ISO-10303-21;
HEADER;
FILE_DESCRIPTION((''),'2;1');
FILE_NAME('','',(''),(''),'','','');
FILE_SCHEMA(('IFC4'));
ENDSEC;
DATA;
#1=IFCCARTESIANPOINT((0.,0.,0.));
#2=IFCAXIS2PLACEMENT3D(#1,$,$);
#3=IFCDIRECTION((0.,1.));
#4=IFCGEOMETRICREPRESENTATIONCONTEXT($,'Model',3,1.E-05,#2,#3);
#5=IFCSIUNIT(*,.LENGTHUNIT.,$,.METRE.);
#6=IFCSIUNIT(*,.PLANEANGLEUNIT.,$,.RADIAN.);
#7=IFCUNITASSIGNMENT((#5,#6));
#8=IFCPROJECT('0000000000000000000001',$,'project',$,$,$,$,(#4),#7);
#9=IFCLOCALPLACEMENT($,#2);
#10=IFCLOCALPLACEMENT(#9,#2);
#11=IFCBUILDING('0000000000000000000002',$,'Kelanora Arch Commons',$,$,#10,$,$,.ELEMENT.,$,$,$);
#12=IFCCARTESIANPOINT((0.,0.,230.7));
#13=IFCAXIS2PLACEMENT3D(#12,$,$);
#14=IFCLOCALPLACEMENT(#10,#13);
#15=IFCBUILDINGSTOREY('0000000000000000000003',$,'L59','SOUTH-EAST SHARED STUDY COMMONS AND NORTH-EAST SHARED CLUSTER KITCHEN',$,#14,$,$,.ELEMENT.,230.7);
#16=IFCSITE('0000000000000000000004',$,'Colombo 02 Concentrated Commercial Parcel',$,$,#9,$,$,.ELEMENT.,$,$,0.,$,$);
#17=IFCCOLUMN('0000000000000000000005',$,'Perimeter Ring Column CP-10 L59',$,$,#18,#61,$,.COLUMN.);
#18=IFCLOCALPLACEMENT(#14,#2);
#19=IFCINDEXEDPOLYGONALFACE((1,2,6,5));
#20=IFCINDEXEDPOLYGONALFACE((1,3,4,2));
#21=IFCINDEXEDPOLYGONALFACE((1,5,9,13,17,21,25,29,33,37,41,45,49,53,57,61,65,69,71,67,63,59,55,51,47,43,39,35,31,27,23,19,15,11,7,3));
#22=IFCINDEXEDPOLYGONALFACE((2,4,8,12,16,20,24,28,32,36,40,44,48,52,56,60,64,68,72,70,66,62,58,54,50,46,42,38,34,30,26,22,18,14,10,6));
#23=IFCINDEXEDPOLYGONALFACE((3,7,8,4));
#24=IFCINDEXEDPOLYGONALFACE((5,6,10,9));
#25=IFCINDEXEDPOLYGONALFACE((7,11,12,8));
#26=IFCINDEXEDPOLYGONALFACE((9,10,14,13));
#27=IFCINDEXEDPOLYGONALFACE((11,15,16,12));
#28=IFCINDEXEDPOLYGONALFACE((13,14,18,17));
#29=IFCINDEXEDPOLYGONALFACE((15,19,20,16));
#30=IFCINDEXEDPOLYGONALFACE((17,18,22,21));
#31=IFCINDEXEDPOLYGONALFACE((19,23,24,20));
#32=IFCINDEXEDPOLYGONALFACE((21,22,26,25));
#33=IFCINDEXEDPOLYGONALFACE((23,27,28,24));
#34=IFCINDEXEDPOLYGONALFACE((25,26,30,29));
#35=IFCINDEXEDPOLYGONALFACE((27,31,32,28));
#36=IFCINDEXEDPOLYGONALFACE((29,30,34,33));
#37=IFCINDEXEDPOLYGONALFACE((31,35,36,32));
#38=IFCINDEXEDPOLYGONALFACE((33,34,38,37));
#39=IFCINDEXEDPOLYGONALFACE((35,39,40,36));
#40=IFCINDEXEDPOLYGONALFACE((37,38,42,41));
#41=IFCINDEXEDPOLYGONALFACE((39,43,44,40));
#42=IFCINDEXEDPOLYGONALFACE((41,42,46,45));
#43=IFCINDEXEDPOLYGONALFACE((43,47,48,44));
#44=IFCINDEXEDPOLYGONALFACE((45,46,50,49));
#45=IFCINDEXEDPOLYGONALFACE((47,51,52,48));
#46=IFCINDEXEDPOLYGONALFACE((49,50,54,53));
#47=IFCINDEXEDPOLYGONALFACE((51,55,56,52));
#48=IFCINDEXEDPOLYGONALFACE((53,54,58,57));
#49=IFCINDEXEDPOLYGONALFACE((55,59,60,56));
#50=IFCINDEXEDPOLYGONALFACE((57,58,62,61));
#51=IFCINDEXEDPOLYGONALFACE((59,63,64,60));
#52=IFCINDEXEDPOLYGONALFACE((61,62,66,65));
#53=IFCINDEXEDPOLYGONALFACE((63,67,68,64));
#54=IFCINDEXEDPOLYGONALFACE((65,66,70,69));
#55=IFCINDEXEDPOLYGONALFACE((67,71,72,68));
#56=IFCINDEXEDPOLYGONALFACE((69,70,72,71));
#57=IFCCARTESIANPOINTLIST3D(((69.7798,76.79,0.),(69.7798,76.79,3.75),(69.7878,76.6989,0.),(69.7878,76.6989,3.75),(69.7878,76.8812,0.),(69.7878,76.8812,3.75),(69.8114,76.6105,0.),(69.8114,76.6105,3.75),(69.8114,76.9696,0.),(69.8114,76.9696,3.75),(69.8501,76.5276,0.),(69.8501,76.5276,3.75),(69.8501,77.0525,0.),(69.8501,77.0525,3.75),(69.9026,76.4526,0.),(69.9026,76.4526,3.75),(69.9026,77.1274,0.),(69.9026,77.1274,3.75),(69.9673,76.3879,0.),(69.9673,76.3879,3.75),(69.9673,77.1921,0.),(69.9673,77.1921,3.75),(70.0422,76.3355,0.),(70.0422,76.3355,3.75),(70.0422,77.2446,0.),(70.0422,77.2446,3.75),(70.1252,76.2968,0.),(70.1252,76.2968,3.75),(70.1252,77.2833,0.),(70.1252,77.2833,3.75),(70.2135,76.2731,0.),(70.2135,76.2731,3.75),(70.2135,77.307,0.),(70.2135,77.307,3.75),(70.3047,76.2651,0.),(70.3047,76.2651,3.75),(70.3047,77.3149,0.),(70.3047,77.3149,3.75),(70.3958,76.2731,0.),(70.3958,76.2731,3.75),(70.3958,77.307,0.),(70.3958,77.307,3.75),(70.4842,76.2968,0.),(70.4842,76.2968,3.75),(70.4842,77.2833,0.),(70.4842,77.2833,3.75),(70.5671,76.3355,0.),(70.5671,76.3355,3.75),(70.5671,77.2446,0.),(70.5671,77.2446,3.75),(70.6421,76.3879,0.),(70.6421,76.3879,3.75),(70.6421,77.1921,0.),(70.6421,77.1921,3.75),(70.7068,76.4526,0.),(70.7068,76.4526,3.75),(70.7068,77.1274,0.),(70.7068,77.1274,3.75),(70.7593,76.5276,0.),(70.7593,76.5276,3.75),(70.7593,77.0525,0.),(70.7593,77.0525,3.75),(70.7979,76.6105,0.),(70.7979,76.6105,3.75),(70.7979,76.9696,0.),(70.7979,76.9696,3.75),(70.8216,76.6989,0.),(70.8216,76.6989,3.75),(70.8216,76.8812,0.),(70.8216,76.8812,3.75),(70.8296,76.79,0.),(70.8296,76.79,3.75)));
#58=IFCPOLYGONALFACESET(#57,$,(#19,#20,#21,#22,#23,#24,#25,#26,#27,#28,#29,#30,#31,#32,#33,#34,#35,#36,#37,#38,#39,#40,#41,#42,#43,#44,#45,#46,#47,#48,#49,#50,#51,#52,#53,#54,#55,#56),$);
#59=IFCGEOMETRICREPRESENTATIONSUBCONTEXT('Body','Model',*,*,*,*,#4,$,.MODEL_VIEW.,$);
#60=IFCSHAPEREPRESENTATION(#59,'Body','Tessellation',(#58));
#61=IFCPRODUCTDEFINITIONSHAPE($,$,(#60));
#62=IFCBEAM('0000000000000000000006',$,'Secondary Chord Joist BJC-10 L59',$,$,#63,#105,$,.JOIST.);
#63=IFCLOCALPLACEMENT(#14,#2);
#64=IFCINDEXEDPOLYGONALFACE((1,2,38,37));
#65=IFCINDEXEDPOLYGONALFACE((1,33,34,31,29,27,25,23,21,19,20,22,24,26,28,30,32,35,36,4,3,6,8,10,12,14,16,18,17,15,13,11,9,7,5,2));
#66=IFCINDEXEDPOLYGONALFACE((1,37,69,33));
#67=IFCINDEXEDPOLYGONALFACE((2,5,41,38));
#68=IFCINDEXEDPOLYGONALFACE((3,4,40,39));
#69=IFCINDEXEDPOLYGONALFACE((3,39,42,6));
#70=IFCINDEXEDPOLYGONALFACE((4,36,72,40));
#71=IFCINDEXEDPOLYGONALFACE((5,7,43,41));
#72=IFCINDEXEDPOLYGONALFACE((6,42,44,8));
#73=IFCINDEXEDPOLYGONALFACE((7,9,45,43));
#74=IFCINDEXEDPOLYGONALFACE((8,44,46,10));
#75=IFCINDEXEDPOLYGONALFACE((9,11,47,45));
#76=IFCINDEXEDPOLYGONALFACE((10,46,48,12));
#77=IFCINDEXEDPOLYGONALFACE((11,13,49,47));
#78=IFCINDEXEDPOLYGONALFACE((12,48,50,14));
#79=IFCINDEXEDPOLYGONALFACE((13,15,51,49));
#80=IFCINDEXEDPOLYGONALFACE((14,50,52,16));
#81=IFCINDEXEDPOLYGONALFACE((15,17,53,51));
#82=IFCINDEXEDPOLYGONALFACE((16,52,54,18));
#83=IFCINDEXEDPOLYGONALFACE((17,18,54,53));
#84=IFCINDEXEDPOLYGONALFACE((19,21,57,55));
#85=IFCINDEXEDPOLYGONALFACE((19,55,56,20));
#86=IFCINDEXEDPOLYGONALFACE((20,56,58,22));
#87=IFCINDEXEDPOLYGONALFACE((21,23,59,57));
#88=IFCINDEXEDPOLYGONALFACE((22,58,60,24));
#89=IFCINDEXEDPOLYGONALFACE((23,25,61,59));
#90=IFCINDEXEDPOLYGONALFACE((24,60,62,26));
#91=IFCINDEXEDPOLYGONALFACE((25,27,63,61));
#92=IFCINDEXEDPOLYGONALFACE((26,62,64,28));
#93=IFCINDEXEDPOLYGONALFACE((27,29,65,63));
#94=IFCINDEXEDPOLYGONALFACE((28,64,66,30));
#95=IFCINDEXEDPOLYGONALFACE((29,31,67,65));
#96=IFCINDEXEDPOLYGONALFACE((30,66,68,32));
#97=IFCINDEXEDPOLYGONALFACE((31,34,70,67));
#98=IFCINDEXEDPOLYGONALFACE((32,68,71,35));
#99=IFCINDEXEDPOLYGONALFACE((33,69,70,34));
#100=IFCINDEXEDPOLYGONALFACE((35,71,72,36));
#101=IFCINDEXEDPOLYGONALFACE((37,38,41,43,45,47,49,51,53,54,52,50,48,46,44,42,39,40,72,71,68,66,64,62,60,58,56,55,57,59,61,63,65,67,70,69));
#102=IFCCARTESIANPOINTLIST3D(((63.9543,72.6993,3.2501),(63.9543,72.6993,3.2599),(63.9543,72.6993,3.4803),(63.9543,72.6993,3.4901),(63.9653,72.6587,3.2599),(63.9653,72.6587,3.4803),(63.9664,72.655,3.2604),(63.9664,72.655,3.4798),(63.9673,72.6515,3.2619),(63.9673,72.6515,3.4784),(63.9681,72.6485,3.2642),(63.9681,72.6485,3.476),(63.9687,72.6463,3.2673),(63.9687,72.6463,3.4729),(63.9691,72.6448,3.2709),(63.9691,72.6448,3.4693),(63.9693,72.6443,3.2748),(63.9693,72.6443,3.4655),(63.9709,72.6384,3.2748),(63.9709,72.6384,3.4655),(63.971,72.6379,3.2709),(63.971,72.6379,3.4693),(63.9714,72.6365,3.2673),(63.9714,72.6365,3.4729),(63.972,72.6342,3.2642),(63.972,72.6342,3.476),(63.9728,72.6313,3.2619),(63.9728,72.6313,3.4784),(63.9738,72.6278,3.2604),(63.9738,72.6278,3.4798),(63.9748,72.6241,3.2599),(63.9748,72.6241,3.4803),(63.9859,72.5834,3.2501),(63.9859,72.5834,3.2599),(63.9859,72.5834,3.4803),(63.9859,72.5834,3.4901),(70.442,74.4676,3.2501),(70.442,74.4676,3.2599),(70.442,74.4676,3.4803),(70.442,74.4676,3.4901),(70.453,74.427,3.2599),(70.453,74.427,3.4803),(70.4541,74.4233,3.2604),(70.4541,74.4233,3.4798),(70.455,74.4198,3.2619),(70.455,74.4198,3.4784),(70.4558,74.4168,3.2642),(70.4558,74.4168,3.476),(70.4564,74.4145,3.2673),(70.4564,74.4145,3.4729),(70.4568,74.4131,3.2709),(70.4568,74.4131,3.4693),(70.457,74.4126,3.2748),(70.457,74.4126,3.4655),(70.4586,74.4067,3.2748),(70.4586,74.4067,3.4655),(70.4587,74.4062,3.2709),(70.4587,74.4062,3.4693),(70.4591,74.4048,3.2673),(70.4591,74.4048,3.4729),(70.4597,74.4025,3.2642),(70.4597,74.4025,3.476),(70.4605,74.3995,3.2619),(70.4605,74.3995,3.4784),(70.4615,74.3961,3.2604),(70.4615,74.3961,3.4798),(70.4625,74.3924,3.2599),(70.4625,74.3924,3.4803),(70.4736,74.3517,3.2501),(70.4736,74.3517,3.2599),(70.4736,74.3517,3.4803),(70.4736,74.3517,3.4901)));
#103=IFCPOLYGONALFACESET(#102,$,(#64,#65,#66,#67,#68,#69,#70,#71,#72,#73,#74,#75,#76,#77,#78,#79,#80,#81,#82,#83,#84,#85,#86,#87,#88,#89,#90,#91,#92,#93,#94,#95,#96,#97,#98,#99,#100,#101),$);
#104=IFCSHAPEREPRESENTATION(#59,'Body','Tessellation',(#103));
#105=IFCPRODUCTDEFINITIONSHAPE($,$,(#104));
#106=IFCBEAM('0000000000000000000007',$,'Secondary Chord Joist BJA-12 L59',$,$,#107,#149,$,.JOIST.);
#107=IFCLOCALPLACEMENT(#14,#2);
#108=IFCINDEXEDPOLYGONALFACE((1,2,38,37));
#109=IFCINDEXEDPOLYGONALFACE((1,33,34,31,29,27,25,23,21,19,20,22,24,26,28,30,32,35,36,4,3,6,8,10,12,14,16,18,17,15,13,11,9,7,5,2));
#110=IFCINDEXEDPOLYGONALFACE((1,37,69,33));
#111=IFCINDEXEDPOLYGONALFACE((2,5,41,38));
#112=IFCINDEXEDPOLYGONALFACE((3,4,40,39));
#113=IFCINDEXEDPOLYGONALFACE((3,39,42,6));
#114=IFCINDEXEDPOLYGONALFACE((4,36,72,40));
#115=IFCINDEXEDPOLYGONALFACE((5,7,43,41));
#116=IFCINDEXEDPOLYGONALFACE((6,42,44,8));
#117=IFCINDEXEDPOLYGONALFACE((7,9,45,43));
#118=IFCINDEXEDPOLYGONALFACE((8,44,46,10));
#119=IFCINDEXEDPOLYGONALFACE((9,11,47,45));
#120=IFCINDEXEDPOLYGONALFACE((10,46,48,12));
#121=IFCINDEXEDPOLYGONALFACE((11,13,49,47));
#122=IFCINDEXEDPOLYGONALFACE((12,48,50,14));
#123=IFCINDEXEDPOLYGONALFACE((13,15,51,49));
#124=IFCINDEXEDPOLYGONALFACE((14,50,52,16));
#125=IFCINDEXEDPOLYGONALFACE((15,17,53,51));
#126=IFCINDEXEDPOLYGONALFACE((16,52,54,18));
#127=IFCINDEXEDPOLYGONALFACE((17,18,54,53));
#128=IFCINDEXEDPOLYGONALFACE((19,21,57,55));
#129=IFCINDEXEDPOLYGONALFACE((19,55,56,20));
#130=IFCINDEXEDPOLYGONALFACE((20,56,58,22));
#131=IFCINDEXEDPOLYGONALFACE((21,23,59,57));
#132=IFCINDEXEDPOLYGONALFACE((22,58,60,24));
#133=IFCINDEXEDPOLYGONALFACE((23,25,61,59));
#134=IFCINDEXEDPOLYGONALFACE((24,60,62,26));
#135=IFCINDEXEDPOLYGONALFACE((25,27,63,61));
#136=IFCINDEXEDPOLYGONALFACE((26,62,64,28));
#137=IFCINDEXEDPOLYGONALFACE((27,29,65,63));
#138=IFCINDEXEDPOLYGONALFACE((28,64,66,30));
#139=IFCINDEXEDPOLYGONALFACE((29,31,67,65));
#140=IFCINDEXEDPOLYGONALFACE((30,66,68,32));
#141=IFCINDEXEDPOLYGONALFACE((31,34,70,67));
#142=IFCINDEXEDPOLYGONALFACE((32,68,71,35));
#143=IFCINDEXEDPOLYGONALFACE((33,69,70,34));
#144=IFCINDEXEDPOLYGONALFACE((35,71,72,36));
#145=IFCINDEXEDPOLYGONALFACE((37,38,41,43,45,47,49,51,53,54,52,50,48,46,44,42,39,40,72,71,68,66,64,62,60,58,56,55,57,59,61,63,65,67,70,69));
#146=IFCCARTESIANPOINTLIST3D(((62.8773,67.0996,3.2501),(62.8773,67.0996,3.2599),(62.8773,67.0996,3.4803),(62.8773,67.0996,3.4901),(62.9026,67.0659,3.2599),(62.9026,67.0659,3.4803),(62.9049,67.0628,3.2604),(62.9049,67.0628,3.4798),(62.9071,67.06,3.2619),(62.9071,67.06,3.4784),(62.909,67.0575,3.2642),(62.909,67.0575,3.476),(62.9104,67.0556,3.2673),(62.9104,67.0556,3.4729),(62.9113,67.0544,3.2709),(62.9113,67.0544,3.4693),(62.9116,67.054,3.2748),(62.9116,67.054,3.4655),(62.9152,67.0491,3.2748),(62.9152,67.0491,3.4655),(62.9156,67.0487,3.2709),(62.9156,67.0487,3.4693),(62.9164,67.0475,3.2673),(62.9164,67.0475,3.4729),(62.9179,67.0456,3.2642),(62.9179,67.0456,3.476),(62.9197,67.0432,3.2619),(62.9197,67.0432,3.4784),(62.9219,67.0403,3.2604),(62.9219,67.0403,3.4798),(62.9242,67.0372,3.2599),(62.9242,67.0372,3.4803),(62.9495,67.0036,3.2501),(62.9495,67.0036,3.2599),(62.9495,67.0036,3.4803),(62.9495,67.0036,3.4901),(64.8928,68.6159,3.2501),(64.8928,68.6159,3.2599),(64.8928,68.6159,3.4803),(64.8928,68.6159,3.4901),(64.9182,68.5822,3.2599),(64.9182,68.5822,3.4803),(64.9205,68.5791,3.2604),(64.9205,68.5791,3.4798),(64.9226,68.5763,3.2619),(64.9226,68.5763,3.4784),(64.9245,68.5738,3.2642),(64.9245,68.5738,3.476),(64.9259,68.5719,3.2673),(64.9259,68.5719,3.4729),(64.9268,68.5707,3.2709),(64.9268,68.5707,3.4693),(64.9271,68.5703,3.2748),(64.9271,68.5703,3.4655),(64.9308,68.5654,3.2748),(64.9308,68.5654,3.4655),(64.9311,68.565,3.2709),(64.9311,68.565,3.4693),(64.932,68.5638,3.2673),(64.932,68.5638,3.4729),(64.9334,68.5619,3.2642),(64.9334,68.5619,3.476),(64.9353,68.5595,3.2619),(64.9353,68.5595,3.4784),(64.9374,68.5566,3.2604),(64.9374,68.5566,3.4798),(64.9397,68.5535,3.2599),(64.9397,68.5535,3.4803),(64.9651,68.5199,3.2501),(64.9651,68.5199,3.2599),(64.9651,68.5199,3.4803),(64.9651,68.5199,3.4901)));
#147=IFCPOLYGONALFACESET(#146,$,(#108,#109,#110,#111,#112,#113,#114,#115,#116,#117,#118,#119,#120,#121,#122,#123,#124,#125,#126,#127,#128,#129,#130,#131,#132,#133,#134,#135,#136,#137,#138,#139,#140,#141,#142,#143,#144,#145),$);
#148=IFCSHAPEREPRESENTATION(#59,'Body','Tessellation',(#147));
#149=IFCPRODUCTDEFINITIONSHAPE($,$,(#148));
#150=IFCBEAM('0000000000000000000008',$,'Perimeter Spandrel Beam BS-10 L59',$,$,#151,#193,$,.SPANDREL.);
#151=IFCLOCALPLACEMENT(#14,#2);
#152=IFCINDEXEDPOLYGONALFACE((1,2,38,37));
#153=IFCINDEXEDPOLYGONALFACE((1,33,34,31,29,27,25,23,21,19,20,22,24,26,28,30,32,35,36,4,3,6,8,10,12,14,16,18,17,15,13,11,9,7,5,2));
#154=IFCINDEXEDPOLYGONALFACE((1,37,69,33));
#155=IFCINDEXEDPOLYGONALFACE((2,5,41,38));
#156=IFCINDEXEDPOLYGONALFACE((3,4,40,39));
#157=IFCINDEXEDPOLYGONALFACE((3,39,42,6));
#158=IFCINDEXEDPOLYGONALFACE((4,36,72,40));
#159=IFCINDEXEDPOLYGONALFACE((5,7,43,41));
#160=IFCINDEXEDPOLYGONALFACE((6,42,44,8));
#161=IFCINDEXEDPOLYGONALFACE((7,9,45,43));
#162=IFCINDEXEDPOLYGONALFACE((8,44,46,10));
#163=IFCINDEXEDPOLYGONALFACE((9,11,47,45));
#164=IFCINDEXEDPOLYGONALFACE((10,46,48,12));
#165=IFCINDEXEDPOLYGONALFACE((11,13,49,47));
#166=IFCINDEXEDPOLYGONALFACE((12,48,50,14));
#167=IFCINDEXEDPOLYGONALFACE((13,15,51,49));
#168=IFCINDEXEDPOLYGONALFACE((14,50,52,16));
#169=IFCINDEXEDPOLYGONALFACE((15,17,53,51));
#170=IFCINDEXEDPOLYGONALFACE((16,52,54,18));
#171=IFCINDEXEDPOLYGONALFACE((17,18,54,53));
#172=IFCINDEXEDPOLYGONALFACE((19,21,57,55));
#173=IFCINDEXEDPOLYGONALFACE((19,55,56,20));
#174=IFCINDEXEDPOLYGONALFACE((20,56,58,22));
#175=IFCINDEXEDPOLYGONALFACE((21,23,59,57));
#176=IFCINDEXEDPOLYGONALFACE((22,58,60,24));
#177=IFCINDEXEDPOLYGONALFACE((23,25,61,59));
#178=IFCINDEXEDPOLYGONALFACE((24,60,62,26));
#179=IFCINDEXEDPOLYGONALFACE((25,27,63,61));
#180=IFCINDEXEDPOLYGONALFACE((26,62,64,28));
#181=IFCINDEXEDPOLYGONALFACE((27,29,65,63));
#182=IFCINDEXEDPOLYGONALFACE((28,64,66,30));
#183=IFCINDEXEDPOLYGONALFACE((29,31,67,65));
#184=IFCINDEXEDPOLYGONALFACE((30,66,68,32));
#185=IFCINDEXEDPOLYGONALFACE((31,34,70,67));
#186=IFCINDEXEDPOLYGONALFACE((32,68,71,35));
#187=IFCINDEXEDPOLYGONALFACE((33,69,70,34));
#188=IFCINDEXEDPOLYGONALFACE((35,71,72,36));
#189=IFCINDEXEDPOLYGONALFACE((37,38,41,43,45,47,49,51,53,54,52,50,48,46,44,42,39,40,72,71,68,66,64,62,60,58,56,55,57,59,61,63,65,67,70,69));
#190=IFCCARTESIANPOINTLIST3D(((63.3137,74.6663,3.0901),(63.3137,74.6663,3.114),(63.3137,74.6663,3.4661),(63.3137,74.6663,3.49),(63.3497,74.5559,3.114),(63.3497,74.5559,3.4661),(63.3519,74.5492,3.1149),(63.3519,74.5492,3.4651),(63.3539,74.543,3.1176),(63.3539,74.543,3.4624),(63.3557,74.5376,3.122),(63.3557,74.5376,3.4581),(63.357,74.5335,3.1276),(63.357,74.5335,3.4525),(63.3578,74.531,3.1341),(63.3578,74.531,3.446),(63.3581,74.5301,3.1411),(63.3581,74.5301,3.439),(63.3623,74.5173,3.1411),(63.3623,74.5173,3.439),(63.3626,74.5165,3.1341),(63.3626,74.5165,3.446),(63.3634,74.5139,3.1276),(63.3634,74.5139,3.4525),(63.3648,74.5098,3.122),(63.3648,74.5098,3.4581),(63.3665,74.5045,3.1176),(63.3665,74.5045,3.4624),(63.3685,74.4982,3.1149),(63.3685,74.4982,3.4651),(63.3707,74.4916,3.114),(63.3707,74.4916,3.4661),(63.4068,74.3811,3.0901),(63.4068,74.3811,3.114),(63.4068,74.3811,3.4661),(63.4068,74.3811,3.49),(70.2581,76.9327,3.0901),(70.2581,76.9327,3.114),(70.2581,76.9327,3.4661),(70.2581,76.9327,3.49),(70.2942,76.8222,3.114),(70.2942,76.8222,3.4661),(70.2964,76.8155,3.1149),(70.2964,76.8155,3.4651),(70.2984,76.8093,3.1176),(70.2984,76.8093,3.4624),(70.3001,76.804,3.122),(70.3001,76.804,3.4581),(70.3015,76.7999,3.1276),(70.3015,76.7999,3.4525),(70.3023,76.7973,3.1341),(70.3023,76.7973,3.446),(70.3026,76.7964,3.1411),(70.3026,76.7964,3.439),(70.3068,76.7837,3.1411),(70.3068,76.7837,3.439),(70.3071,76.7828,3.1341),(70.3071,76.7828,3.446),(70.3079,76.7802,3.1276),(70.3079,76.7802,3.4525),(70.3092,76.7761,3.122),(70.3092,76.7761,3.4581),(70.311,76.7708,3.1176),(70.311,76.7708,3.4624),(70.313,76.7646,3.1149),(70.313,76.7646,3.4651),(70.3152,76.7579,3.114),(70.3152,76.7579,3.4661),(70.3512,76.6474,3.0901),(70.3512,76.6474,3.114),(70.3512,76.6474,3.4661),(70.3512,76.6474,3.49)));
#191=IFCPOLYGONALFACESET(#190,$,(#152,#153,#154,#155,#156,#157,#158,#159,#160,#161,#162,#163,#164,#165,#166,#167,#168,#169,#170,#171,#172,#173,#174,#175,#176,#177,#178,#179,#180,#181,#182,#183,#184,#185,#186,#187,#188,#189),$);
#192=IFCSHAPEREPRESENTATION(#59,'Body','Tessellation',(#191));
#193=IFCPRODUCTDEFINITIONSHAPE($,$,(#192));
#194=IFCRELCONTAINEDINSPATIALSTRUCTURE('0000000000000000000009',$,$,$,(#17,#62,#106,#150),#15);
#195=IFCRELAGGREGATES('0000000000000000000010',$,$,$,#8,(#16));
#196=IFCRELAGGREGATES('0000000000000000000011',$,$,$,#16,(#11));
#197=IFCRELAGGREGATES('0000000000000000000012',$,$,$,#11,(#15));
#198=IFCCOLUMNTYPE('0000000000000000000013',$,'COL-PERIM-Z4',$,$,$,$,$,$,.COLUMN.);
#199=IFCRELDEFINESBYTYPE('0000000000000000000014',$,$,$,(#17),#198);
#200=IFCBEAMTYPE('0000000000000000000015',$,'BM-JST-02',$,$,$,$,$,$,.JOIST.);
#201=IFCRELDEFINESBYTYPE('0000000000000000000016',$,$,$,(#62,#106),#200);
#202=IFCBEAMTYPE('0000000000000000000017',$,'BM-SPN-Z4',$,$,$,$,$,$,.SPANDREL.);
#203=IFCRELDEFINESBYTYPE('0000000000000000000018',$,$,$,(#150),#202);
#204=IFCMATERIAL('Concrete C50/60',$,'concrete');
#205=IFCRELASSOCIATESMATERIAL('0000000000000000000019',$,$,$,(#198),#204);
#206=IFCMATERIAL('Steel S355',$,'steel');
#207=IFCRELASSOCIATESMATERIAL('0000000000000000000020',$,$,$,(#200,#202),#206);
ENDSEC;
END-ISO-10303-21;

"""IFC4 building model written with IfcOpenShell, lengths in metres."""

from ifc_helpers import new_model, si_unit, direction, frame, origin, origin_2d, place, context, subcontext, project, spatial, circle, i_section, extrude, material, material_profile, profile_set, type_object, element, save


model = new_model("IFC4")

# Units and contexts
model_context = context("Model", 3, precision=1e-05, world=origin(), true_north=direction((0.0, 1.0)))
body_context = subcontext(model_context, "Body", "Model", "MODEL_VIEW")
ifc_project = project(units=[si_unit("LENGTHUNIT", "METRE"), si_unit("PLANEANGLEUNIT", "RADIAN")], contexts=[model_context])

# Site, building, storey
site_placement = place(None, origin())
site = spatial("IfcSite", under=ifc_project, at=site_placement, Name="Colombo 02 Concentrated Commercial Parcel", CompositionType="ELEMENT", RefElevation=0.0)
building_placement = place(site_placement, origin())
building = spatial("IfcBuilding", under=site, at=building_placement, Name="Kelanora Arch Commons", CompositionType="ELEMENT")
storey_placement = place(building_placement, frame((0.0, 0.0, 230.7)))
storey = spatial("IfcBuildingStorey", under=building, at=storey_placement, Name="L59", Description="SOUTH-EAST SHARED STUDY COMMONS AND NORTH-EAST SHARED CLUSTER KITCHEN", CompositionType="ELEMENT", Elevation=230.7)

# Column
ifc_material_1 = material(Name="Concrete C50/60", Category="concrete")
ifc_material_profile_1 = material_profile(ifc_material_1, circle(Radius=0.5249, at=origin_2d()), Name="RCC1050")
ifc_profile_set_1 = profile_set([ifc_material_profile_1], Name="Concrete C50/60")
column_type = type_object("IfcColumnType", Name="COL-PERIM-Z4", PredefinedType="COLUMN", material=ifc_profile_set_1)
column_placement = place(storey_placement, frame((70.3047, 76.79, 0.0), z_axis=(0.0, 0.0, 1.0), x_axis=(1.0, 0.0, 0.0)))
element("IfcColumn", 1, at=column_placement, inside=storey, type_object=column_type, Name="Perimeter Ring Column CP-10 L59", PredefinedType="COLUMN", context=body_context, shape_type="SweptSolid", body=[
    extrude(circle(Radius=0.5249, at=origin_2d()), origin(), (0.0, 0.0, 1.0), 3.75),
])

# Beams
ifc_material_2 = material(Name="Steel S355", Category="steel")
ifc_material_profile_2 = material_profile(ifc_material_2, i_section(OverallWidth=0.1201, OverallDepth=0.24, WebThickness=0.0061, FlangeThickness=0.0098, FilletRadius=0.0149, at=origin_2d()), Name="IPE240")
ifc_profile_set_2 = profile_set([ifc_material_profile_2], Name="Steel S355")
beam_type_1 = type_object("IfcBeamType", Name="BM-JST-02", PredefinedType="JOIST", material=ifc_profile_set_2)
beam_1_placement = place(storey_placement, frame((70.4578, 74.4097, 3.3701), z_axis=(-0.964805, -0.262967, 0.0), x_axis=(0.262967, -0.964805, 0.0)))
element("IfcBeam", 2, at=beam_1_placement, inside=storey, type_object=beam_type_1, Name="Secondary Chord Joist BJC-10 L59", PredefinedType="JOIST", context=body_context, shape_type="SweptSolid", body=[
    extrude(i_section(OverallWidth=0.1201, OverallDepth=0.24, WebThickness=0.0061, FlangeThickness=0.0098, FilletRadius=0.0149, at=origin_2d()), origin(), (0.0, 0.0, 1.0), 6.7244),
])
beam_2_placement = place(storey_placement, frame((64.929, 68.5679, 3.3701), z_axis=(-0.799116, -0.601176, 0.0), x_axis=(0.601176, -0.799116, 0.0)))
element("IfcBeam", 3, at=beam_2_placement, inside=storey, type_object=beam_type_1, Name="Secondary Chord Joist BJA-12 L59", PredefinedType="JOIST", context=body_context, shape_type="SweptSolid", body=[
    extrude(i_section(OverallWidth=0.1201, OverallDepth=0.24, WebThickness=0.0061, FlangeThickness=0.0098, FilletRadius=0.0149, at=origin_2d()), origin(), (0.0, 0.0, 1.0), 2.5222),
])
ifc_material_profile_3 = material_profile(ifc_material_2, i_section(OverallWidth=0.3, OverallDepth=0.3999, WebThickness=0.0134, FlangeThickness=0.0239, FilletRadius=0.0271, at=origin_2d()), Name="HEB400")
ifc_profile_set_3 = profile_set([ifc_material_profile_3], Name="Steel S355")
beam_type_2 = type_object("IfcBeamType", Name="BM-SPN-Z4", PredefinedType="SPANDREL", material=ifc_profile_set_3)
beam_3_placement = place(storey_placement, frame((70.3047, 76.79, 3.29), z_axis=(-0.950656, -0.310246, 0.0), x_axis=(0.310246, -0.950656, 0.0)))
element("IfcBeam", 4, at=beam_3_placement, inside=storey, type_object=beam_type_2, Name="Perimeter Spandrel Beam BS-10 L59", PredefinedType="SPANDREL", context=body_context, shape_type="SweptSolid", body=[
    extrude(i_section(OverallWidth=0.3, OverallDepth=0.3999, WebThickness=0.0134, FlangeThickness=0.0239, FilletRadius=0.0271, at=origin_2d()), origin(), (0.0, 0.0, 1.0), 7.3049),
])

save(model, "model.ifc")
